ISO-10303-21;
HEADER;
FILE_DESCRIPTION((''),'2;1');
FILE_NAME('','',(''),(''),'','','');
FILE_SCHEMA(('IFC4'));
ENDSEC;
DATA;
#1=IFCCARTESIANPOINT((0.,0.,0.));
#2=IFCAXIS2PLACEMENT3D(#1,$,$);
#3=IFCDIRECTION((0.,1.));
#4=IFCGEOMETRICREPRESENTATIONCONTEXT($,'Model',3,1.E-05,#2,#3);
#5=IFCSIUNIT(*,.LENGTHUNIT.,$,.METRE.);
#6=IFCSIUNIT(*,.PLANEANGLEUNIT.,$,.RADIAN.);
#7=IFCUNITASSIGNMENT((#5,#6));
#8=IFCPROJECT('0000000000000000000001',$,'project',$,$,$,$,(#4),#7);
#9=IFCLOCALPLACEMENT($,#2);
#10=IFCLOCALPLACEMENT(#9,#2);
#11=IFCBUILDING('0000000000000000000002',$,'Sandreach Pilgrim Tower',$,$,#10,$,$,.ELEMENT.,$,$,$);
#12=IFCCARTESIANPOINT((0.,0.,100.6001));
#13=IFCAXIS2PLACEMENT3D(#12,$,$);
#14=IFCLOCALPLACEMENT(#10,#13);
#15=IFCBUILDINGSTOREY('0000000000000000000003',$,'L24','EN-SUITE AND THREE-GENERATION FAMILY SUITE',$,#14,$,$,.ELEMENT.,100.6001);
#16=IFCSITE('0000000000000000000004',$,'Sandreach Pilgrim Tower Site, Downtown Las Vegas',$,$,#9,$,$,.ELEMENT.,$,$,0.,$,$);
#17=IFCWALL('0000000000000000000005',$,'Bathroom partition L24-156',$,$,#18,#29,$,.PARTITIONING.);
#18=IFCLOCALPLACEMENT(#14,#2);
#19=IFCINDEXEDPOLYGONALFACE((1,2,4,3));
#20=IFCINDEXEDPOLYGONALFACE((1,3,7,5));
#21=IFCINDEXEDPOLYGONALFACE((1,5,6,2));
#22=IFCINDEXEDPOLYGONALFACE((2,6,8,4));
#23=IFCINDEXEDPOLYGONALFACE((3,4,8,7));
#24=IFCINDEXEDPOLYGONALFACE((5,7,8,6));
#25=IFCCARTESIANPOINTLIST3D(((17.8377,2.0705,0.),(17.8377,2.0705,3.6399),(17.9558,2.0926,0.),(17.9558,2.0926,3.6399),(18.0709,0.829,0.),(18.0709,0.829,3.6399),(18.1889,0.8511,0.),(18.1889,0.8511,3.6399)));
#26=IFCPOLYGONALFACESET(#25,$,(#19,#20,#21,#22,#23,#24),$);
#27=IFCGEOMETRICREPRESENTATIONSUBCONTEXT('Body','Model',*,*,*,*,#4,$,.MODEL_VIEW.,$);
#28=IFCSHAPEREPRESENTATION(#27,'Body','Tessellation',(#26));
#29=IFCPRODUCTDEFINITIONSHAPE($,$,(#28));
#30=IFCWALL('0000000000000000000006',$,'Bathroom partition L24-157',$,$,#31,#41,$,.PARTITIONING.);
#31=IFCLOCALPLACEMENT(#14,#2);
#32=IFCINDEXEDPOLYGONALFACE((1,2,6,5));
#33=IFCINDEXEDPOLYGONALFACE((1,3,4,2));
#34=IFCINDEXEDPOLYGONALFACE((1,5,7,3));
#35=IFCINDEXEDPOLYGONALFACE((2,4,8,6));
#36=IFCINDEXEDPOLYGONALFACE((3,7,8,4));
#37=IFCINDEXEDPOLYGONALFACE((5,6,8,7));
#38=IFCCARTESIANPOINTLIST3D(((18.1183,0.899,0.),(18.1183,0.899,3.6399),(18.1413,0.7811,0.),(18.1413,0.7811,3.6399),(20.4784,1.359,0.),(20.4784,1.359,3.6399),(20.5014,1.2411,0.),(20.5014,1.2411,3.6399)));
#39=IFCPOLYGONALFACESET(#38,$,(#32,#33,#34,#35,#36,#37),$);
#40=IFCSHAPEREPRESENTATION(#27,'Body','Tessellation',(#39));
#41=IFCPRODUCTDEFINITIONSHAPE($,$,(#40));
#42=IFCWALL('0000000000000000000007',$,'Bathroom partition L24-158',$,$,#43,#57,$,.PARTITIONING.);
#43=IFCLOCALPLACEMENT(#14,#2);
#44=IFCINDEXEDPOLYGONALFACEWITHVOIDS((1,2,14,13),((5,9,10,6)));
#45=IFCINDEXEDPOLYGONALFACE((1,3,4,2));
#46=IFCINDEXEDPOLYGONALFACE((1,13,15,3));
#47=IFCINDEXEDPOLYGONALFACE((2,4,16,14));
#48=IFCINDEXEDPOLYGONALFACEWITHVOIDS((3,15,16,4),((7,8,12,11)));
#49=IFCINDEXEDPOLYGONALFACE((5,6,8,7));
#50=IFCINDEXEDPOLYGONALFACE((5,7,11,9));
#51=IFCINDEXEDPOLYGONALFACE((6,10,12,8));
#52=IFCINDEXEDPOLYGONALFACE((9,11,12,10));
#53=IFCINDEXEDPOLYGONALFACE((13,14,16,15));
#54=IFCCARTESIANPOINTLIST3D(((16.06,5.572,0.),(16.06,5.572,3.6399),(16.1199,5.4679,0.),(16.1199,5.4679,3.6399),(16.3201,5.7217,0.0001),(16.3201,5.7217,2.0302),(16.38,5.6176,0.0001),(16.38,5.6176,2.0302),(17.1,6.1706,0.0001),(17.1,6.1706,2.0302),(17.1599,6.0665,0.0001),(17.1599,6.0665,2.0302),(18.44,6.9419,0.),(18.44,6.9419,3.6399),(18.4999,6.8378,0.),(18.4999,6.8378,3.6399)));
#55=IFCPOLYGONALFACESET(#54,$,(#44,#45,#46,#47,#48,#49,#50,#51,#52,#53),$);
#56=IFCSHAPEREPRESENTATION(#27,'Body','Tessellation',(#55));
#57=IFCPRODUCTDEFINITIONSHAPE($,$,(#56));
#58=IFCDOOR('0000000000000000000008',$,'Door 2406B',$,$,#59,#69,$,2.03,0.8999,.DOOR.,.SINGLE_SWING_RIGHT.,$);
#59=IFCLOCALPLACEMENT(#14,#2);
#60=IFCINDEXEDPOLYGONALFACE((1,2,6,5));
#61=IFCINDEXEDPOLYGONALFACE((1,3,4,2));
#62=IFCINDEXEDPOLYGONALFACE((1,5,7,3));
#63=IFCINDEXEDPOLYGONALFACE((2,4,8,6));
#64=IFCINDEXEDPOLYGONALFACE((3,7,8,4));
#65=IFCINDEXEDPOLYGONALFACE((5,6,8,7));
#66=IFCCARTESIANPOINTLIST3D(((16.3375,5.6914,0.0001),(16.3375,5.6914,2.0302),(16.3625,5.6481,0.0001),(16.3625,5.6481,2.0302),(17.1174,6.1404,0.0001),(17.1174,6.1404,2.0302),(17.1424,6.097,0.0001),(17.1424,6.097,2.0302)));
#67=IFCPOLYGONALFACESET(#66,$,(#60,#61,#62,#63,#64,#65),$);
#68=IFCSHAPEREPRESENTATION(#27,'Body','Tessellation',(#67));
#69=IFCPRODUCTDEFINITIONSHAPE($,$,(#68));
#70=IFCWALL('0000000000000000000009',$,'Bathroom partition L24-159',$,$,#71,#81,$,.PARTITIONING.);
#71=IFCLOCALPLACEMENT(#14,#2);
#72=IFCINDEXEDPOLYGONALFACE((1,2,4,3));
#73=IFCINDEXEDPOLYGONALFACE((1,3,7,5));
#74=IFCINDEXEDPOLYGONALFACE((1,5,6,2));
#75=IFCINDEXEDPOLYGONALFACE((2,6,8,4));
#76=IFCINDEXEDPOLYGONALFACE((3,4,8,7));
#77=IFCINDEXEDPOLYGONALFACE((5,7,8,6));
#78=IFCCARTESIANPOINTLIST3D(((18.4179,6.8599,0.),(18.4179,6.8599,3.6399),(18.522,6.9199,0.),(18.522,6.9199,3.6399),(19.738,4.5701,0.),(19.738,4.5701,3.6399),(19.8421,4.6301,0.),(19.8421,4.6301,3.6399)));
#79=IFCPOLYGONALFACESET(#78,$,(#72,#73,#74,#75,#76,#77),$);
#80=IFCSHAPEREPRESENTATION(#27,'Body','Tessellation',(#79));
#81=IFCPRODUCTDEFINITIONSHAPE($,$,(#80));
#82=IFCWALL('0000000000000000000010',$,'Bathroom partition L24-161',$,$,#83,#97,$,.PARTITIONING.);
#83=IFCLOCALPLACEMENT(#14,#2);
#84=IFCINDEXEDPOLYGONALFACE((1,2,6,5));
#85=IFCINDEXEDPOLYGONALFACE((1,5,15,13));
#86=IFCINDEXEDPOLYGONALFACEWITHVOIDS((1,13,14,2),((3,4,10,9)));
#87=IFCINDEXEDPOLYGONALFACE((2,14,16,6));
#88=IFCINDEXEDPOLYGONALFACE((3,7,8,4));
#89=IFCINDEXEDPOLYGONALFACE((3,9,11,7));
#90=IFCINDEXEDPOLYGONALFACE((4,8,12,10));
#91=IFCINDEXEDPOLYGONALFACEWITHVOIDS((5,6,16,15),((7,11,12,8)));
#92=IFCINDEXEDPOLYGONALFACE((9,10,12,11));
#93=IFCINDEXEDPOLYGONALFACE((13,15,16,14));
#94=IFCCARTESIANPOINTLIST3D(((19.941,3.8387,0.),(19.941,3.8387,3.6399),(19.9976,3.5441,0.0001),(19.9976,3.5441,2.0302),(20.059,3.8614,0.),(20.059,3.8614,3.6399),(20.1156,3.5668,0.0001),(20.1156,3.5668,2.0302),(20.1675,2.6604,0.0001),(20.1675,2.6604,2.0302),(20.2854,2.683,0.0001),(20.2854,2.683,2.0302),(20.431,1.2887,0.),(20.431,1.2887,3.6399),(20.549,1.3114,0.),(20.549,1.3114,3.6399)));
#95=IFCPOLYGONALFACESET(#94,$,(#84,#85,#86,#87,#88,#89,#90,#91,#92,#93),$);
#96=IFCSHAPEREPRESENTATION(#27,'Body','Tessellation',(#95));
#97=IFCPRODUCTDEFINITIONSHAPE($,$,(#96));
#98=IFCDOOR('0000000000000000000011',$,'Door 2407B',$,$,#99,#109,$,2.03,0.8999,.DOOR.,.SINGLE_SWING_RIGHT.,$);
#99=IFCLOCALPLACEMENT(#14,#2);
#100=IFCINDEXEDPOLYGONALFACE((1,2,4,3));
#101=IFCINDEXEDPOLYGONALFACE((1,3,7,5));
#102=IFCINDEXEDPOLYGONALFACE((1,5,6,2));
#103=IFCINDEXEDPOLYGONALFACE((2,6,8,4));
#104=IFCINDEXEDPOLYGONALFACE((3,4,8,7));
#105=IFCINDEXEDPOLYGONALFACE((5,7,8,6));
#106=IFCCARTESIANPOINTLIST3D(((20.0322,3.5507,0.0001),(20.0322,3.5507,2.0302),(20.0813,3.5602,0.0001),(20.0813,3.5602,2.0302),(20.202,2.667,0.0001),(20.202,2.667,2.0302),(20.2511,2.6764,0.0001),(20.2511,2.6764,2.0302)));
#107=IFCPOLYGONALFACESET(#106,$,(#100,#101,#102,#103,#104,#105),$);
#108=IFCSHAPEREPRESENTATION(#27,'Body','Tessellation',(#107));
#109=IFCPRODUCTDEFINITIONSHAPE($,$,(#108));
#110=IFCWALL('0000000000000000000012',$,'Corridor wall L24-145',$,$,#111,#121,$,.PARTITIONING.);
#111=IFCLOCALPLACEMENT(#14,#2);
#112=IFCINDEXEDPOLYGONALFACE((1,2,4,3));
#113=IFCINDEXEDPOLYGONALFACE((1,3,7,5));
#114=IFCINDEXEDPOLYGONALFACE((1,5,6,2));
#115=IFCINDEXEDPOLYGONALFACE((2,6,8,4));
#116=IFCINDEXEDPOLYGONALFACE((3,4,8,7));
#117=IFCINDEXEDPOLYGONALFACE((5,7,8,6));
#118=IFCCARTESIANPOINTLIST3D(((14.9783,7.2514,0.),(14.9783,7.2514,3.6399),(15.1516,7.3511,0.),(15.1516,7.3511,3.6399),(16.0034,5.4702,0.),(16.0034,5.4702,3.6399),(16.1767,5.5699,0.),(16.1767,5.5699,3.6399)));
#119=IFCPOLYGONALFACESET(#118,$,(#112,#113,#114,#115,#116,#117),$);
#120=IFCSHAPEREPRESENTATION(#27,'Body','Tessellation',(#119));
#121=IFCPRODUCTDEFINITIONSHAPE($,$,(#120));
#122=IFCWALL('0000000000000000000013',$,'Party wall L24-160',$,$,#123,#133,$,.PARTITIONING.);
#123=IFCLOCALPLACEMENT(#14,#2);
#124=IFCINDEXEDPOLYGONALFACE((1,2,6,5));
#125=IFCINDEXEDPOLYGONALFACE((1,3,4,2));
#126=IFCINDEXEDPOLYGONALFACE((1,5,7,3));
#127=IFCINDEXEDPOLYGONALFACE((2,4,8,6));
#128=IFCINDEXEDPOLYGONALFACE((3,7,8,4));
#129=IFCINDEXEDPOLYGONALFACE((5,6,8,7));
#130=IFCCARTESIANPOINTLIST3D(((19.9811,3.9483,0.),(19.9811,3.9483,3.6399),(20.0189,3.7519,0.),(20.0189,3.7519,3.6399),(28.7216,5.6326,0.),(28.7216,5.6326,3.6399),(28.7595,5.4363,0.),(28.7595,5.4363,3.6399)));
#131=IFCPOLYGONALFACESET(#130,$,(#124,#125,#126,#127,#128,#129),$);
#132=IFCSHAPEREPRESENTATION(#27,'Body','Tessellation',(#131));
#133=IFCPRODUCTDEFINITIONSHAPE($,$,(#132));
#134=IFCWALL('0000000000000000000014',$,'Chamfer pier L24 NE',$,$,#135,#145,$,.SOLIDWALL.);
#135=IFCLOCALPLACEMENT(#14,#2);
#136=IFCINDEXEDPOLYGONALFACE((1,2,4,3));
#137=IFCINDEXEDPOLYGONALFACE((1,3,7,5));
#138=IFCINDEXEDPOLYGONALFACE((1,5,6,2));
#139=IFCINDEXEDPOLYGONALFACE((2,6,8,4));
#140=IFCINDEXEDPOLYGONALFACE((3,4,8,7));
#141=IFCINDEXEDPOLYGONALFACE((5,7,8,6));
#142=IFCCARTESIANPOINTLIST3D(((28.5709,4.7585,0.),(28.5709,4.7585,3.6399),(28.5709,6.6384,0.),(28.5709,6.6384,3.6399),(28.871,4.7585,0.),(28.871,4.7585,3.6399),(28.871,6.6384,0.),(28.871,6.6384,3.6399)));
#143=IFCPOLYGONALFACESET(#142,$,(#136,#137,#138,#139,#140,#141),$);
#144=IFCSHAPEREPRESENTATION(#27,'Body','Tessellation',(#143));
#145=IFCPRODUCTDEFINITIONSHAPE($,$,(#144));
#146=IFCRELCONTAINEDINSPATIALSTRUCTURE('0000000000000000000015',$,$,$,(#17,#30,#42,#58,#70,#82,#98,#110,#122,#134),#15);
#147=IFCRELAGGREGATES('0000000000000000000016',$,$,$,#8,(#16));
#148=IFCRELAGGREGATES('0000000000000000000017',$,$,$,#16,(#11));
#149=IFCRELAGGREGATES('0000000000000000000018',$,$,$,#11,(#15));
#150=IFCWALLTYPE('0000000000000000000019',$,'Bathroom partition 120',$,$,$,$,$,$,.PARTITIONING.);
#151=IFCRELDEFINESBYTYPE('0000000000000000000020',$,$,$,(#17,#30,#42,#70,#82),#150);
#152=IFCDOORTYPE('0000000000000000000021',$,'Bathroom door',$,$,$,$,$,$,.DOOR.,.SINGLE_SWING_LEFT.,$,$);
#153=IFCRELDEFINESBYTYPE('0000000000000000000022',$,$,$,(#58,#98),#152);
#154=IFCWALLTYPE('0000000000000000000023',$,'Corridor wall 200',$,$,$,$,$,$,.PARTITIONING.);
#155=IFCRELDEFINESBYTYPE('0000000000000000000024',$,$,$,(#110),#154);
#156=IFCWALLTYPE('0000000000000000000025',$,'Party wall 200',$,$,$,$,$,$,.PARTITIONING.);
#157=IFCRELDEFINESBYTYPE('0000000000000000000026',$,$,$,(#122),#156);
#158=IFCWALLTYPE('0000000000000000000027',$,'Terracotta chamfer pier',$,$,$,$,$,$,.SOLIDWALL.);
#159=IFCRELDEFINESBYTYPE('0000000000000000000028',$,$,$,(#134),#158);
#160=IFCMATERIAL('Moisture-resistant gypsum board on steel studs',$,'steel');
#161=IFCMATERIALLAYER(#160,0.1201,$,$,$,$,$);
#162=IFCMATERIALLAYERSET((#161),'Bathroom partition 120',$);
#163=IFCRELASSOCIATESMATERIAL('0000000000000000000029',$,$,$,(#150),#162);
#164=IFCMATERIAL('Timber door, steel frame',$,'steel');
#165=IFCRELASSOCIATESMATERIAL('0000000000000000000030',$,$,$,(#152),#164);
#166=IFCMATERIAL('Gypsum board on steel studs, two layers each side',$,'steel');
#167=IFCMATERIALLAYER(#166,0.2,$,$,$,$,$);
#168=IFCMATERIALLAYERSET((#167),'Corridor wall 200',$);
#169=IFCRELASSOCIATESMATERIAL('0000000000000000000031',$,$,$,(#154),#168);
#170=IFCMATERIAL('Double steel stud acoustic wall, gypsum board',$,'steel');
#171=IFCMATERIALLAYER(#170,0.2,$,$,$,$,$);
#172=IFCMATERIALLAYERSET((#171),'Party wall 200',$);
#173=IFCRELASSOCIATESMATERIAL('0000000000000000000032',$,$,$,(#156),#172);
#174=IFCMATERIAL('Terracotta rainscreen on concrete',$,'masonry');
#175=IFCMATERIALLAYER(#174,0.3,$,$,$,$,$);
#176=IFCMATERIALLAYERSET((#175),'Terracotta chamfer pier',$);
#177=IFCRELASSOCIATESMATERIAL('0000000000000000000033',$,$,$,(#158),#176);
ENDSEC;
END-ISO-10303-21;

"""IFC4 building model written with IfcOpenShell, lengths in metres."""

from ifc_helpers import new_model, si_unit, direction, frame, frame_2d, origin, place, context, subcontext, project, spatial, rectangle, extrude, material, layer, layer_set, type_object, element, fill, save


model = new_model("IFC4")

# Units and contexts
model_context = context("Model", 3, precision=1e-05, world=origin(), true_north=direction((0.0, 1.0)))
body_context = subcontext(model_context, "Body", "Model", "MODEL_VIEW")
ifc_project = project(units=[si_unit("LENGTHUNIT", "METRE"), si_unit("PLANEANGLEUNIT", "RADIAN")], contexts=[model_context])

# Site, building, storey
site_placement = place(None, origin())
site = spatial("IfcSite", under=ifc_project, at=site_placement, Name="Sandreach Pilgrim Tower Site, Downtown Las Vegas", CompositionType="ELEMENT", RefElevation=0.0)
building_placement = place(site_placement, origin())
building = spatial("IfcBuilding", under=site, at=building_placement, Name="Sandreach Pilgrim Tower", CompositionType="ELEMENT")
storey_placement = place(building_placement, frame((0.0, 0.0, 100.6001)))
storey = spatial("IfcBuildingStorey", under=building, at=storey_placement, Name="L24", Description="EN-SUITE AND THREE-GENERATION FAMILY SUITE", CompositionType="ELEMENT", Elevation=100.6001)

# Walls
ifc_material_1 = material(Name="Moisture-resistant gypsum board on steel studs", Category="steel")
ifc_layer_1 = layer(ifc_material_1, 0.1201)
ifc_layer_set_1 = layer_set([ifc_layer_1], Name="Bathroom partition 120")
wall_type_1 = type_object("IfcWallType", Name="Bathroom partition 120", PredefinedType="PARTITIONING", material=ifc_layer_set_1)
wall_1_placement = place(storey_placement, frame((17.8967, 2.0815, 0.0), z_axis=(0.0, 0.0, 1.0), x_axis=(0.18458, -0.982817, 0.0)))
element("IfcWall", 1, at=wall_1_placement, inside=storey, type_object=wall_type_1, Name="Bathroom partition L24-156", PredefinedType="PARTITIONING", context=body_context, shape_type="SweptSolid", body=[
    extrude(rectangle(XDim=1.2632, YDim=0.1201, at=frame_2d((0.6316, 0.0))), origin(), (0.0, 0.0, 1.0), 3.6399),
])
wall_2_placement = place(storey_placement, frame((18.1299, 0.8401, 0.0), z_axis=(0.0, 0.0, 1.0), x_axis=(0.981533, 0.191291, 0.0)))
element("IfcWall", 2, at=wall_2_placement, inside=storey, type_object=wall_type_1, Name="Bathroom partition L24-157", PredefinedType="PARTITIONING", context=body_context, shape_type="SweptSolid", body=[
    extrude(rectangle(XDim=2.4045, YDim=0.1201, at=frame_2d((1.2021, 0.0))), origin(), (0.0, 0.0, 1.0), 3.6399),
])

# Wall, opening, door
wall_3_placement = place(storey_placement, frame((18.47, 6.8899, 0.0), z_axis=(0.0, 0.0, 1.0), x_axis=(-0.86668, -0.498865, 0.0)))
wall_3 = element("IfcWall", 3, at=wall_3_placement, inside=storey, type_object=wall_type_1, Name="Bathroom partition L24-158", PredefinedType="PARTITIONING", context=body_context, shape_type="SweptSolid", body=[
    extrude(rectangle(XDim=2.7461, YDim=0.1201, at=frame_2d((1.373, 0.0))), origin(), (0.0, 0.0, 1.0), 3.6399),
])
opening_1_placement = place(wall_3_placement, frame((1.5461, 0.0, 0.0)))
opening_1 = element("IfcOpeningElement", 4, at=opening_1_placement, cuts=wall_3, PredefinedType="OPENING", context=body_context, shape_type="SweptSolid", body=[
    extrude(rectangle(XDim=0.8999, YDim=2.03, at=frame_2d((0.45, 1.0151))), frame((0.0, 0.0601, 0.0), z_axis=(0.0, -1.0, 0.0), x_axis=(1.0, 0.0, 0.0)), (0.0, 0.0, 1.0), 0.1201),
])
ifc_material_2 = material(Name="Timber door, steel frame", Category="steel")
door_type_1 = type_object("IfcDoorType", Name="Bathroom door", OperationType="SINGLE_SWING_LEFT", PredefinedType="DOOR", material=ifc_material_2)
door_1_placement = place(opening_1_placement, origin())
door_1 = element("IfcDoor", 5, at=door_1_placement, inside=storey, type_object=door_type_1, Name="Door 2406B", OperationType="SINGLE_SWING_RIGHT", OverallHeight=2.03, OverallWidth=0.8999, PredefinedType="DOOR", context=body_context, shape_type="SweptSolid", body=[
    extrude(rectangle(XDim=0.8999, YDim=2.03, at=frame_2d((0.45, 1.0151))), frame((0.0, 0.0249, 0.0), z_axis=(0.0, -1.0, 0.0), x_axis=(1.0, 0.0, 0.0)), (0.0, 0.0, 1.0), 0.05),
])
fill(opening_1, door_1)

# Wall
wall_4_placement = place(storey_placement, frame((19.79, 4.6001, 0.0), z_axis=(0.0, 0.0, 1.0), x_axis=(-0.499448, 0.866344, 0.0)))
element("IfcWall", 6, at=wall_4_placement, inside=storey, type_object=wall_type_1, Name="Bathroom partition L24-159", PredefinedType="PARTITIONING", context=body_context, shape_type="SweptSolid", body=[
    extrude(rectangle(XDim=2.6431, YDim=0.1201, at=frame_2d((1.3215, 0.0))), origin(), (0.0, 0.0, 1.0), 3.6399),
])

# Wall, opening, door
wall_5_placement = place(storey_placement, frame((20.49, 1.3, 0.0), z_axis=(0.0, 0.0, 1.0), x_axis=(-0.188697, 0.982035, 0.0)))
wall_5 = element("IfcWall", 7, at=wall_5_placement, inside=storey, type_object=wall_type_1, Name="Bathroom partition L24-161", PredefinedType="PARTITIONING", context=body_context, shape_type="SweptSolid", body=[
    extrude(rectangle(XDim=2.5967, YDim=0.1201, at=frame_2d((1.2983, 0.0))), origin(), (0.0, 0.0, 1.0), 3.6399),
])
opening_2_placement = place(wall_5_placement, frame((1.3967, 0.0, 0.0)))
opening_2 = element("IfcOpeningElement", 8, at=opening_2_placement, cuts=wall_5, PredefinedType="OPENING", context=body_context, shape_type="SweptSolid", body=[
    extrude(rectangle(XDim=0.8999, YDim=2.03, at=frame_2d((0.45, 1.0151))), frame((0.0, 0.0601, 0.0), z_axis=(0.0, -1.0, 0.0), x_axis=(1.0, 0.0, 0.0)), (0.0, 0.0, 1.0), 0.1201),
])
door_2_placement = place(opening_2_placement, origin())
door_2 = element("IfcDoor", 9, at=door_2_placement, inside=storey, type_object=door_type_1, Name="Door 2407B", OperationType="SINGLE_SWING_RIGHT", OverallHeight=2.03, OverallWidth=0.8999, PredefinedType="DOOR", context=body_context, shape_type="SweptSolid", body=[
    extrude(rectangle(XDim=0.8999, YDim=2.03, at=frame_2d((0.45, 1.0151))), frame((0.0, 0.0249, 0.0), z_axis=(0.0, -1.0, 0.0), x_axis=(1.0, 0.0, 0.0)), (0.0, 0.0, 1.0), 0.05),
])
fill(opening_2, door_2)

# Wall
ifc_material_3 = material(Name="Gypsum board on steel studs, two layers each side", Category="steel")
ifc_layer_2 = layer(ifc_material_3, 0.2)
ifc_layer_set_2 = layer_set([ifc_layer_2], Name="Corridor wall 200")
wall_type_2 = type_object("IfcWallType", Name="Corridor wall 200", PredefinedType="PARTITIONING", material=ifc_layer_set_2)
wall_6_placement = place(storey_placement, frame((15.0649, 7.3013, 0.0), z_axis=(0.0, 0.0, 1.0), x_axis=(0.49881, -0.866711, 0.0)))
element("IfcWall", 10, at=wall_6_placement, inside=storey, type_object=wall_type_2, Name="Corridor wall L24-145", PredefinedType="PARTITIONING", context=body_context, shape_type="SweptSolid", body=[
    extrude(rectangle(XDim=2.0552, YDim=0.2, at=frame_2d((1.0276, 0.0))), origin(), (0.0, 0.0, 1.0), 3.6399),
])

# Walls
ifc_material_4 = material(Name="Double steel stud acoustic wall, gypsum board", Category="steel")
ifc_layer_3 = layer(ifc_material_4, 0.2)
ifc_layer_set_3 = layer_set([ifc_layer_3], Name="Party wall 200")
wall_type_3 = type_object("IfcWallType", Name="Party wall 200", PredefinedType="PARTITIONING", material=ifc_layer_set_3)
wall_7_placement = place(storey_placement, frame((20.0, 3.8501, 0.0), z_axis=(0.0, 0.0, 1.0), x_axis=(0.981934, 0.189223, 0.0)))
element("IfcWall", 11, at=wall_7_placement, inside=storey, type_object=wall_type_3, Name="Party wall L24-160", PredefinedType="PARTITIONING", context=body_context, shape_type="SweptSolid", body=[
    extrude(rectangle(XDim=8.9014, YDim=0.2, at=frame_2d((4.4507, 0.0))), origin(), (0.0, 0.0, 1.0), 3.6399),
])
ifc_material_5 = material(Name="Terracotta rainscreen on concrete", Category="masonry")
ifc_layer_4 = layer(ifc_material_5, 0.3)
ifc_layer_set_4 = layer_set([ifc_layer_4], Name="Terracotta chamfer pier")
wall_type_4 = type_object("IfcWallType", Name="Terracotta chamfer pier", PredefinedType="SOLIDWALL", material=ifc_layer_set_4)
wall_8_placement = place(storey_placement, frame((28.7209, 6.6384, 0.0), z_axis=(0.0, 0.0, 1.0), x_axis=(0.0, -1.0, 0.0)))
element("IfcWall", 12, at=wall_8_placement, inside=storey, type_object=wall_type_4, Name="Chamfer pier L24 NE", PredefinedType="SOLIDWALL", context=body_context, shape_type="SweptSolid", body=[
    extrude(rectangle(XDim=1.8799, YDim=0.3, at=frame_2d((0.9399, 0.0))), origin(), (0.0, 0.0, 1.0), 3.6399),
])

save(model, "model.ifc")
